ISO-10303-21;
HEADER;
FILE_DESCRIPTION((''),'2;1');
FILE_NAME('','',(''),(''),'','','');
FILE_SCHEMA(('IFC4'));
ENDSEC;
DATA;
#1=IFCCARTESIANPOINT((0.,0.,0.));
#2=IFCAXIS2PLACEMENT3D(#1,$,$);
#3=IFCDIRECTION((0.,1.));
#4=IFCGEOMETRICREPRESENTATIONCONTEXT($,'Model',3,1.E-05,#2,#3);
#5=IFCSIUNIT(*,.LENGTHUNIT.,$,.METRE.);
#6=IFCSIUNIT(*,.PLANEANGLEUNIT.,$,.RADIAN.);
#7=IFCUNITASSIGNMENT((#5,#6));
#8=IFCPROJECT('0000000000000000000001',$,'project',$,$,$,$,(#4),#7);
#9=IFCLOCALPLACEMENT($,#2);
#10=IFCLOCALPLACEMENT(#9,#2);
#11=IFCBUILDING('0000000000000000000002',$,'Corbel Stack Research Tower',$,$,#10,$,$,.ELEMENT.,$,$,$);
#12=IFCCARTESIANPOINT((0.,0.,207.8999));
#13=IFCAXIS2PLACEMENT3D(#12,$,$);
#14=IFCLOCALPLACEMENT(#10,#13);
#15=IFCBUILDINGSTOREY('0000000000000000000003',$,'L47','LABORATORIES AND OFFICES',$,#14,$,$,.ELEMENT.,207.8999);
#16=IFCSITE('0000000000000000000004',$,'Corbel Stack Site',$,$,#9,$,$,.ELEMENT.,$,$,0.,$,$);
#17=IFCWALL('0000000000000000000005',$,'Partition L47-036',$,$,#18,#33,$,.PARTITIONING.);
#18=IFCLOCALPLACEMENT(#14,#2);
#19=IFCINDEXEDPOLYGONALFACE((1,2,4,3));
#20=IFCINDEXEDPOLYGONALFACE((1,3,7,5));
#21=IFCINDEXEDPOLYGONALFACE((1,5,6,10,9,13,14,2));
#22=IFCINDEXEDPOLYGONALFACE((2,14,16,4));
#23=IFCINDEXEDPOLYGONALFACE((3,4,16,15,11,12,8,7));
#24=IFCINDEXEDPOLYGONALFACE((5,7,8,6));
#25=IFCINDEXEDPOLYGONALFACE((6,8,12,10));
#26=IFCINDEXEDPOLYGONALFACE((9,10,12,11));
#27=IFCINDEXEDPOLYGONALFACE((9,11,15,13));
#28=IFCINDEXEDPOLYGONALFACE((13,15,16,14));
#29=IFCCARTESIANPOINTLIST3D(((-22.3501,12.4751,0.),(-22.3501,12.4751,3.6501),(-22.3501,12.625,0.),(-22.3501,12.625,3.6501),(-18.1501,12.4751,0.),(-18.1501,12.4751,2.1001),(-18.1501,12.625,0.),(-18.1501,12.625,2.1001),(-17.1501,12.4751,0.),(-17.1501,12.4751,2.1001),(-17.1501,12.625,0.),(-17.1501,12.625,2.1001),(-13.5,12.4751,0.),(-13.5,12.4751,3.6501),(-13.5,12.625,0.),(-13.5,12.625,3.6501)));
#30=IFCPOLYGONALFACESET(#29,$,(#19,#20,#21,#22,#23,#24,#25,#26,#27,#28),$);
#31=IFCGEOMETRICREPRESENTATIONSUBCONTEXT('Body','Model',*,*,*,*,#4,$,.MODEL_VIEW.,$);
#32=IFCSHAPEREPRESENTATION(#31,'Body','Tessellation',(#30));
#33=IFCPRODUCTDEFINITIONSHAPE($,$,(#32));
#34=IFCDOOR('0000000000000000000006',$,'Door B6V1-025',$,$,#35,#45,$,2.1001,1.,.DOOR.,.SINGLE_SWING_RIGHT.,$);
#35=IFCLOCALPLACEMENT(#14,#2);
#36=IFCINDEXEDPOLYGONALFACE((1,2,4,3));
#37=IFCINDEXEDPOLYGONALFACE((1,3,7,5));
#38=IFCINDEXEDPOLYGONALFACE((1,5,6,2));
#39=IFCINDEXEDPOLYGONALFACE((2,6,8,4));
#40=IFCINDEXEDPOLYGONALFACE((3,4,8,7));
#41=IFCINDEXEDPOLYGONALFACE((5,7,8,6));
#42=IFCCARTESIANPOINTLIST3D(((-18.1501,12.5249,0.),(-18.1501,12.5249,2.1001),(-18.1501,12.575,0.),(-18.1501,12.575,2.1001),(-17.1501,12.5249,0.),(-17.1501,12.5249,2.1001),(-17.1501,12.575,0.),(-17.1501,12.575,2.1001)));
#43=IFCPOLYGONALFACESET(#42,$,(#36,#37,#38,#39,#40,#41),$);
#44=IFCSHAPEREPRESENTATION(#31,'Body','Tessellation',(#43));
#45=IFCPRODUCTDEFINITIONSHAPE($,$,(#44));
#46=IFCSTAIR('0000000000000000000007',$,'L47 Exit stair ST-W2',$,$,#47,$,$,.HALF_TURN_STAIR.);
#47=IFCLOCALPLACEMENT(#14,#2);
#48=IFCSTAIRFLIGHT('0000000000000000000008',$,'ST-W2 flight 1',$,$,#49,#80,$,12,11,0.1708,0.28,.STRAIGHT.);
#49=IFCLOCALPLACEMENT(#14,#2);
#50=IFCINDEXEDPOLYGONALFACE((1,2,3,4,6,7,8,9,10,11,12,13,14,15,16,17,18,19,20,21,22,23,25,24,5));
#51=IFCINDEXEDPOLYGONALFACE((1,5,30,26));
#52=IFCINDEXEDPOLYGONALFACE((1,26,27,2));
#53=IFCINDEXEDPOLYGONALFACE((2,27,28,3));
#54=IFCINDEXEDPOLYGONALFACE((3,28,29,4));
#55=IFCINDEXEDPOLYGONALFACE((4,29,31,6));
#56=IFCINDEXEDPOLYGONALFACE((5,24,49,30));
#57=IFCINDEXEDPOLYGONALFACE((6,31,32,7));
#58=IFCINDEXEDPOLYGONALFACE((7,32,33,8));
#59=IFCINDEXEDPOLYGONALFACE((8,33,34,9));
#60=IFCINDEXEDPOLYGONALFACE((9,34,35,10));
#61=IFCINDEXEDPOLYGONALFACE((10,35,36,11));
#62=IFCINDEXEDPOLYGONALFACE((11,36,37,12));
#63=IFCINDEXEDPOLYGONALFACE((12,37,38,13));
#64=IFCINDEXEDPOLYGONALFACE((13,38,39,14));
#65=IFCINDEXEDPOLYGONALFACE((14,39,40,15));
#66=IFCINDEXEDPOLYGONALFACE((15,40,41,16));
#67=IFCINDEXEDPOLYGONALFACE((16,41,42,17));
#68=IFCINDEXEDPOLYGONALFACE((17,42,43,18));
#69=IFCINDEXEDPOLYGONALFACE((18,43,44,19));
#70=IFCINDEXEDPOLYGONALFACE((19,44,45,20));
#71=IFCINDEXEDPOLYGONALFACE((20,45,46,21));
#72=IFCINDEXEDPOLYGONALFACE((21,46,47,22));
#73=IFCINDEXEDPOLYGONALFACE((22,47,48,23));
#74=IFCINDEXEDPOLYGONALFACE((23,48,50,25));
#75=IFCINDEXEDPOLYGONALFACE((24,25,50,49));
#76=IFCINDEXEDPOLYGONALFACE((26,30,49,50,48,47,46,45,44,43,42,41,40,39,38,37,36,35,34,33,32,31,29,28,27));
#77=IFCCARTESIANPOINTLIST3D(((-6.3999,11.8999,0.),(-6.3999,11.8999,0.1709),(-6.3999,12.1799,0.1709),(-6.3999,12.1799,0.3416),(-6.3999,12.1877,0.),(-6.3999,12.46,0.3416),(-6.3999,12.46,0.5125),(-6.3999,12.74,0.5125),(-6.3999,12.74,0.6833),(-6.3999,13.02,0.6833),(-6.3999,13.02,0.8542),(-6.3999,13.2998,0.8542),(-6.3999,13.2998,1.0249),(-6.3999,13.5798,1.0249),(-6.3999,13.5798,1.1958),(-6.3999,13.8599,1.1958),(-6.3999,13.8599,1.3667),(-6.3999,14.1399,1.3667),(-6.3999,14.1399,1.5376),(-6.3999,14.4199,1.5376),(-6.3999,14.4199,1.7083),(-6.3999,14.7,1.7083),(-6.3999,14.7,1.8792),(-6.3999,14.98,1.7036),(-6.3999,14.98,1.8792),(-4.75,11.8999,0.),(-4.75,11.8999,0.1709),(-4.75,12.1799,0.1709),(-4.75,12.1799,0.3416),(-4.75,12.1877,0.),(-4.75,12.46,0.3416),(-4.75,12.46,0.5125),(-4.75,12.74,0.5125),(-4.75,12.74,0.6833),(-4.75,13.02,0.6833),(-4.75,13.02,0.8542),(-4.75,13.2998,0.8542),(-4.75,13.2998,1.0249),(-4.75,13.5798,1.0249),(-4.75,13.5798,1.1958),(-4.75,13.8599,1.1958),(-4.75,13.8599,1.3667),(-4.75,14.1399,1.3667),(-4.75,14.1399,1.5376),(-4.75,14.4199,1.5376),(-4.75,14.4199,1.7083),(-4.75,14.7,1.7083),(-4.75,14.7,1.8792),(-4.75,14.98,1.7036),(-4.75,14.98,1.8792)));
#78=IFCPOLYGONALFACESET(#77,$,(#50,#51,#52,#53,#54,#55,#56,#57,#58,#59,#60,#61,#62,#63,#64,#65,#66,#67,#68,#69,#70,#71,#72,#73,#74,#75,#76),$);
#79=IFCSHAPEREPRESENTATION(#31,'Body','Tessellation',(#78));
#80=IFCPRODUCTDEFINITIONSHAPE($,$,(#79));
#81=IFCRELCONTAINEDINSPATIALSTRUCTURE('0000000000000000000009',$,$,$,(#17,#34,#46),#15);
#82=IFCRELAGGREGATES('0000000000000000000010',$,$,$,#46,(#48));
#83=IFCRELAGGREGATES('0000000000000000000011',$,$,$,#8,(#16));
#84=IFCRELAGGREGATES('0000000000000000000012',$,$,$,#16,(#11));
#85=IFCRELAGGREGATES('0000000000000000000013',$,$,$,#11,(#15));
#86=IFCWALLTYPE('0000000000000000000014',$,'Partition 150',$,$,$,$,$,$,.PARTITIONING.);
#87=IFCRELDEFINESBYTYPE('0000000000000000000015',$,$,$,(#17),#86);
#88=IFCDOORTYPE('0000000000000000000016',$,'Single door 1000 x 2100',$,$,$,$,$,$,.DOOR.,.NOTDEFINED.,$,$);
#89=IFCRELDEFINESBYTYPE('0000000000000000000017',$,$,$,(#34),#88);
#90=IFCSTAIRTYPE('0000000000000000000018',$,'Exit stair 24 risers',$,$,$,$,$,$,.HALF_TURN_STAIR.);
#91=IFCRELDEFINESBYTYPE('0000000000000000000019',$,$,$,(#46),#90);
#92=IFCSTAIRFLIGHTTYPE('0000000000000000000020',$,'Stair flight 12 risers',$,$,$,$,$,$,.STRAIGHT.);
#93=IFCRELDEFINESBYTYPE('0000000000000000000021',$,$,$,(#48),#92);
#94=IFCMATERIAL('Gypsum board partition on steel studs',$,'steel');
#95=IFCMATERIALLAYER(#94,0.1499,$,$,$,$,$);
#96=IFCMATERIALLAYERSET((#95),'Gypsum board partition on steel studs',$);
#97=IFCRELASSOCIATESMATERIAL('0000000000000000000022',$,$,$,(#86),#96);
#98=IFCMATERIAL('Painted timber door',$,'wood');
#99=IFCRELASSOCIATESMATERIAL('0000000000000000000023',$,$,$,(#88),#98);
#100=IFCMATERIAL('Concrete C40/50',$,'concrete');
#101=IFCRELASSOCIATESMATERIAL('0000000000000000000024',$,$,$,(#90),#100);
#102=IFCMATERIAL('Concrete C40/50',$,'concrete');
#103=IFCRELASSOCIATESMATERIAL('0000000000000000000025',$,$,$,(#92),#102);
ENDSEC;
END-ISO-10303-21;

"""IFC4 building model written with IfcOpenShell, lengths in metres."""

from ifc_helpers import new_model, si_unit, direction, frame, frame_2d, origin, place, context, subcontext, project, spatial, polyline, rectangle, outline, extrude, material, layer, layer_set, type_object, element, fill, aggregate, save


model = new_model("IFC4")

# Units and contexts
model_context = context("Model", 3, precision=1e-05, world=origin(), true_north=direction((0.0, 1.0)))
body_context = subcontext(model_context, "Body", "Model", "MODEL_VIEW")
ifc_project = project(units=[si_unit("LENGTHUNIT", "METRE"), si_unit("PLANEANGLEUNIT", "RADIAN")], contexts=[model_context])

# Site, building, storey
site_placement = place(None, origin())
site = spatial("IfcSite", under=ifc_project, at=site_placement, Name="Corbel Stack Site", CompositionType="ELEMENT", RefElevation=0.0)
building_placement = place(site_placement, origin())
building = spatial("IfcBuilding", under=site, at=building_placement, Name="Corbel Stack Research Tower", CompositionType="ELEMENT")
storey_placement = place(building_placement, frame((0.0, 0.0, 207.8999)))
storey = spatial("IfcBuildingStorey", under=building, at=storey_placement, Name="L47", Description="LABORATORIES AND OFFICES", CompositionType="ELEMENT", Elevation=207.8999)

# Wall, opening, door
ifc_material_1 = material(Name="Gypsum board partition on steel studs", Category="steel")
ifc_layer_1 = layer(ifc_material_1, 0.1499)
ifc_layer_set_1 = layer_set([ifc_layer_1], Name="Gypsum board partition on steel studs")
wall_type_1 = type_object("IfcWallType", Name="Partition 150", PredefinedType="PARTITIONING", material=ifc_layer_set_1)
wall_1_placement = place(storey_placement, frame((-22.3501, 12.55, 0.0), z_axis=(0.0, 0.0, 1.0), x_axis=(1.0, 0.0, 0.0)))
wall_1 = element("IfcWall", 1, at=wall_1_placement, inside=storey, type_object=wall_type_1, Name="Partition L47-036", PredefinedType="PARTITIONING", context=body_context, shape_type="SweptSolid", body=[
    extrude(rectangle(XDim=8.8501, YDim=0.1499, at=frame_2d((4.425, 0.0))), origin(), (0.0, 0.0, 1.0), 3.6501),
])
opening_1_placement = place(wall_1_placement, frame((4.2, 0.0, 0.0)))
opening_1 = element("IfcOpeningElement", 2, at=opening_1_placement, cuts=wall_1, PredefinedType="OPENING", context=body_context, shape_type="SweptSolid", body=[
    extrude(rectangle(XDim=1.0, YDim=2.1001, at=frame_2d((0.5, 1.05))), frame((0.0, 0.085, 0.0), z_axis=(0.0, -1.0, 0.0), x_axis=(1.0, 0.0, 0.0)), (0.0, 0.0, 1.0), 0.1699),
])
ifc_material_2 = material(Name="Painted timber door", Category="wood")
door_type_1 = type_object("IfcDoorType", Name="Single door 1000 x 2100", OperationType="NOTDEFINED", PredefinedType="DOOR", material=ifc_material_2)
door_1_placement = place(opening_1_placement, origin())
door_1 = element("IfcDoor", 3, at=door_1_placement, inside=storey, type_object=door_type_1, Name="Door B6V1-025", OperationType="SINGLE_SWING_RIGHT", OverallHeight=2.1001, OverallWidth=1.0, PredefinedType="DOOR", context=body_context, shape_type="SweptSolid", body=[
    extrude(rectangle(XDim=1.0, YDim=2.1001, at=frame_2d((0.5, 1.05))), frame((0.0, 0.0249, 0.0), z_axis=(0.0, -1.0, 0.0), x_axis=(1.0, 0.0, 0.0)), (0.0, 0.0, 1.0), 0.05),
])
fill(opening_1, door_1)

# Stair, stair flight
ifc_material_3 = material(Name="Concrete C40/50", Category="concrete")
stair_type = type_object("IfcStairType", Name="Exit stair 24 risers", PredefinedType="HALF_TURN_STAIR", material=ifc_material_3)
stair_placement = place(storey_placement, origin())
stair = element("IfcStair", 4, at=stair_placement, inside=storey, type_object=stair_type, Name="L47 Exit stair ST-W2", PredefinedType="HALF_TURN_STAIR")
ifc_material_4 = material(Name="Concrete C40/50", Category="concrete")
stair_flight_type = type_object("IfcStairFlightType", Name="Stair flight 12 risers", PredefinedType="STRAIGHT", material=ifc_material_4)
stair_flight_placement = place(storey_placement, frame((-5.575, 11.8999, 0.0), z_axis=(0.0, 0.0, 1.0), x_axis=(0.0, 1.0, 0.0)))
stair_flight = element("IfcStairFlight", 5, at=stair_flight_placement, type_object=stair_flight_type, Name="ST-W2 flight 1", NumberOfRisers=12, NumberOfTreads=11, PredefinedType="STRAIGHT", RiserHeight=0.1708, TreadLength=0.28, context=body_context, shape_type="SweptSolid", body=[
    extrude(outline(polyline([(0.0, 0.0), (0.0, 0.1709), (0.28, 0.1709), (0.28, 0.3416), (0.5601, 0.3416), (0.5601, 0.5125), (0.8401, 0.5125), (0.8401, 0.6833), (1.1201, 0.6833), (1.1201, 0.8542), (1.3999, 0.8542), (1.3999, 1.0249), (1.6799, 1.0249), (1.6799, 1.1958), (1.96, 1.1958), (1.96, 1.3667), (2.24, 1.3667), (2.24, 1.5376), (2.52, 1.5376), (2.52, 1.7083), (2.8, 1.7083), (2.8, 1.8792), (3.0801, 1.8792), (3.0801, 2.05), (3.0801, 1.7036), (0.2878, 0.0), (0.0, 0.0)])), frame((0.0, 0.825, 0.0), z_axis=(0.0, -1.0, 0.0), x_axis=(1.0, 0.0, 0.0)), (0.0, 0.0, 1.0), 1.6499),
])
aggregate(stair, [stair_flight])

save(model, "model.ifc")
